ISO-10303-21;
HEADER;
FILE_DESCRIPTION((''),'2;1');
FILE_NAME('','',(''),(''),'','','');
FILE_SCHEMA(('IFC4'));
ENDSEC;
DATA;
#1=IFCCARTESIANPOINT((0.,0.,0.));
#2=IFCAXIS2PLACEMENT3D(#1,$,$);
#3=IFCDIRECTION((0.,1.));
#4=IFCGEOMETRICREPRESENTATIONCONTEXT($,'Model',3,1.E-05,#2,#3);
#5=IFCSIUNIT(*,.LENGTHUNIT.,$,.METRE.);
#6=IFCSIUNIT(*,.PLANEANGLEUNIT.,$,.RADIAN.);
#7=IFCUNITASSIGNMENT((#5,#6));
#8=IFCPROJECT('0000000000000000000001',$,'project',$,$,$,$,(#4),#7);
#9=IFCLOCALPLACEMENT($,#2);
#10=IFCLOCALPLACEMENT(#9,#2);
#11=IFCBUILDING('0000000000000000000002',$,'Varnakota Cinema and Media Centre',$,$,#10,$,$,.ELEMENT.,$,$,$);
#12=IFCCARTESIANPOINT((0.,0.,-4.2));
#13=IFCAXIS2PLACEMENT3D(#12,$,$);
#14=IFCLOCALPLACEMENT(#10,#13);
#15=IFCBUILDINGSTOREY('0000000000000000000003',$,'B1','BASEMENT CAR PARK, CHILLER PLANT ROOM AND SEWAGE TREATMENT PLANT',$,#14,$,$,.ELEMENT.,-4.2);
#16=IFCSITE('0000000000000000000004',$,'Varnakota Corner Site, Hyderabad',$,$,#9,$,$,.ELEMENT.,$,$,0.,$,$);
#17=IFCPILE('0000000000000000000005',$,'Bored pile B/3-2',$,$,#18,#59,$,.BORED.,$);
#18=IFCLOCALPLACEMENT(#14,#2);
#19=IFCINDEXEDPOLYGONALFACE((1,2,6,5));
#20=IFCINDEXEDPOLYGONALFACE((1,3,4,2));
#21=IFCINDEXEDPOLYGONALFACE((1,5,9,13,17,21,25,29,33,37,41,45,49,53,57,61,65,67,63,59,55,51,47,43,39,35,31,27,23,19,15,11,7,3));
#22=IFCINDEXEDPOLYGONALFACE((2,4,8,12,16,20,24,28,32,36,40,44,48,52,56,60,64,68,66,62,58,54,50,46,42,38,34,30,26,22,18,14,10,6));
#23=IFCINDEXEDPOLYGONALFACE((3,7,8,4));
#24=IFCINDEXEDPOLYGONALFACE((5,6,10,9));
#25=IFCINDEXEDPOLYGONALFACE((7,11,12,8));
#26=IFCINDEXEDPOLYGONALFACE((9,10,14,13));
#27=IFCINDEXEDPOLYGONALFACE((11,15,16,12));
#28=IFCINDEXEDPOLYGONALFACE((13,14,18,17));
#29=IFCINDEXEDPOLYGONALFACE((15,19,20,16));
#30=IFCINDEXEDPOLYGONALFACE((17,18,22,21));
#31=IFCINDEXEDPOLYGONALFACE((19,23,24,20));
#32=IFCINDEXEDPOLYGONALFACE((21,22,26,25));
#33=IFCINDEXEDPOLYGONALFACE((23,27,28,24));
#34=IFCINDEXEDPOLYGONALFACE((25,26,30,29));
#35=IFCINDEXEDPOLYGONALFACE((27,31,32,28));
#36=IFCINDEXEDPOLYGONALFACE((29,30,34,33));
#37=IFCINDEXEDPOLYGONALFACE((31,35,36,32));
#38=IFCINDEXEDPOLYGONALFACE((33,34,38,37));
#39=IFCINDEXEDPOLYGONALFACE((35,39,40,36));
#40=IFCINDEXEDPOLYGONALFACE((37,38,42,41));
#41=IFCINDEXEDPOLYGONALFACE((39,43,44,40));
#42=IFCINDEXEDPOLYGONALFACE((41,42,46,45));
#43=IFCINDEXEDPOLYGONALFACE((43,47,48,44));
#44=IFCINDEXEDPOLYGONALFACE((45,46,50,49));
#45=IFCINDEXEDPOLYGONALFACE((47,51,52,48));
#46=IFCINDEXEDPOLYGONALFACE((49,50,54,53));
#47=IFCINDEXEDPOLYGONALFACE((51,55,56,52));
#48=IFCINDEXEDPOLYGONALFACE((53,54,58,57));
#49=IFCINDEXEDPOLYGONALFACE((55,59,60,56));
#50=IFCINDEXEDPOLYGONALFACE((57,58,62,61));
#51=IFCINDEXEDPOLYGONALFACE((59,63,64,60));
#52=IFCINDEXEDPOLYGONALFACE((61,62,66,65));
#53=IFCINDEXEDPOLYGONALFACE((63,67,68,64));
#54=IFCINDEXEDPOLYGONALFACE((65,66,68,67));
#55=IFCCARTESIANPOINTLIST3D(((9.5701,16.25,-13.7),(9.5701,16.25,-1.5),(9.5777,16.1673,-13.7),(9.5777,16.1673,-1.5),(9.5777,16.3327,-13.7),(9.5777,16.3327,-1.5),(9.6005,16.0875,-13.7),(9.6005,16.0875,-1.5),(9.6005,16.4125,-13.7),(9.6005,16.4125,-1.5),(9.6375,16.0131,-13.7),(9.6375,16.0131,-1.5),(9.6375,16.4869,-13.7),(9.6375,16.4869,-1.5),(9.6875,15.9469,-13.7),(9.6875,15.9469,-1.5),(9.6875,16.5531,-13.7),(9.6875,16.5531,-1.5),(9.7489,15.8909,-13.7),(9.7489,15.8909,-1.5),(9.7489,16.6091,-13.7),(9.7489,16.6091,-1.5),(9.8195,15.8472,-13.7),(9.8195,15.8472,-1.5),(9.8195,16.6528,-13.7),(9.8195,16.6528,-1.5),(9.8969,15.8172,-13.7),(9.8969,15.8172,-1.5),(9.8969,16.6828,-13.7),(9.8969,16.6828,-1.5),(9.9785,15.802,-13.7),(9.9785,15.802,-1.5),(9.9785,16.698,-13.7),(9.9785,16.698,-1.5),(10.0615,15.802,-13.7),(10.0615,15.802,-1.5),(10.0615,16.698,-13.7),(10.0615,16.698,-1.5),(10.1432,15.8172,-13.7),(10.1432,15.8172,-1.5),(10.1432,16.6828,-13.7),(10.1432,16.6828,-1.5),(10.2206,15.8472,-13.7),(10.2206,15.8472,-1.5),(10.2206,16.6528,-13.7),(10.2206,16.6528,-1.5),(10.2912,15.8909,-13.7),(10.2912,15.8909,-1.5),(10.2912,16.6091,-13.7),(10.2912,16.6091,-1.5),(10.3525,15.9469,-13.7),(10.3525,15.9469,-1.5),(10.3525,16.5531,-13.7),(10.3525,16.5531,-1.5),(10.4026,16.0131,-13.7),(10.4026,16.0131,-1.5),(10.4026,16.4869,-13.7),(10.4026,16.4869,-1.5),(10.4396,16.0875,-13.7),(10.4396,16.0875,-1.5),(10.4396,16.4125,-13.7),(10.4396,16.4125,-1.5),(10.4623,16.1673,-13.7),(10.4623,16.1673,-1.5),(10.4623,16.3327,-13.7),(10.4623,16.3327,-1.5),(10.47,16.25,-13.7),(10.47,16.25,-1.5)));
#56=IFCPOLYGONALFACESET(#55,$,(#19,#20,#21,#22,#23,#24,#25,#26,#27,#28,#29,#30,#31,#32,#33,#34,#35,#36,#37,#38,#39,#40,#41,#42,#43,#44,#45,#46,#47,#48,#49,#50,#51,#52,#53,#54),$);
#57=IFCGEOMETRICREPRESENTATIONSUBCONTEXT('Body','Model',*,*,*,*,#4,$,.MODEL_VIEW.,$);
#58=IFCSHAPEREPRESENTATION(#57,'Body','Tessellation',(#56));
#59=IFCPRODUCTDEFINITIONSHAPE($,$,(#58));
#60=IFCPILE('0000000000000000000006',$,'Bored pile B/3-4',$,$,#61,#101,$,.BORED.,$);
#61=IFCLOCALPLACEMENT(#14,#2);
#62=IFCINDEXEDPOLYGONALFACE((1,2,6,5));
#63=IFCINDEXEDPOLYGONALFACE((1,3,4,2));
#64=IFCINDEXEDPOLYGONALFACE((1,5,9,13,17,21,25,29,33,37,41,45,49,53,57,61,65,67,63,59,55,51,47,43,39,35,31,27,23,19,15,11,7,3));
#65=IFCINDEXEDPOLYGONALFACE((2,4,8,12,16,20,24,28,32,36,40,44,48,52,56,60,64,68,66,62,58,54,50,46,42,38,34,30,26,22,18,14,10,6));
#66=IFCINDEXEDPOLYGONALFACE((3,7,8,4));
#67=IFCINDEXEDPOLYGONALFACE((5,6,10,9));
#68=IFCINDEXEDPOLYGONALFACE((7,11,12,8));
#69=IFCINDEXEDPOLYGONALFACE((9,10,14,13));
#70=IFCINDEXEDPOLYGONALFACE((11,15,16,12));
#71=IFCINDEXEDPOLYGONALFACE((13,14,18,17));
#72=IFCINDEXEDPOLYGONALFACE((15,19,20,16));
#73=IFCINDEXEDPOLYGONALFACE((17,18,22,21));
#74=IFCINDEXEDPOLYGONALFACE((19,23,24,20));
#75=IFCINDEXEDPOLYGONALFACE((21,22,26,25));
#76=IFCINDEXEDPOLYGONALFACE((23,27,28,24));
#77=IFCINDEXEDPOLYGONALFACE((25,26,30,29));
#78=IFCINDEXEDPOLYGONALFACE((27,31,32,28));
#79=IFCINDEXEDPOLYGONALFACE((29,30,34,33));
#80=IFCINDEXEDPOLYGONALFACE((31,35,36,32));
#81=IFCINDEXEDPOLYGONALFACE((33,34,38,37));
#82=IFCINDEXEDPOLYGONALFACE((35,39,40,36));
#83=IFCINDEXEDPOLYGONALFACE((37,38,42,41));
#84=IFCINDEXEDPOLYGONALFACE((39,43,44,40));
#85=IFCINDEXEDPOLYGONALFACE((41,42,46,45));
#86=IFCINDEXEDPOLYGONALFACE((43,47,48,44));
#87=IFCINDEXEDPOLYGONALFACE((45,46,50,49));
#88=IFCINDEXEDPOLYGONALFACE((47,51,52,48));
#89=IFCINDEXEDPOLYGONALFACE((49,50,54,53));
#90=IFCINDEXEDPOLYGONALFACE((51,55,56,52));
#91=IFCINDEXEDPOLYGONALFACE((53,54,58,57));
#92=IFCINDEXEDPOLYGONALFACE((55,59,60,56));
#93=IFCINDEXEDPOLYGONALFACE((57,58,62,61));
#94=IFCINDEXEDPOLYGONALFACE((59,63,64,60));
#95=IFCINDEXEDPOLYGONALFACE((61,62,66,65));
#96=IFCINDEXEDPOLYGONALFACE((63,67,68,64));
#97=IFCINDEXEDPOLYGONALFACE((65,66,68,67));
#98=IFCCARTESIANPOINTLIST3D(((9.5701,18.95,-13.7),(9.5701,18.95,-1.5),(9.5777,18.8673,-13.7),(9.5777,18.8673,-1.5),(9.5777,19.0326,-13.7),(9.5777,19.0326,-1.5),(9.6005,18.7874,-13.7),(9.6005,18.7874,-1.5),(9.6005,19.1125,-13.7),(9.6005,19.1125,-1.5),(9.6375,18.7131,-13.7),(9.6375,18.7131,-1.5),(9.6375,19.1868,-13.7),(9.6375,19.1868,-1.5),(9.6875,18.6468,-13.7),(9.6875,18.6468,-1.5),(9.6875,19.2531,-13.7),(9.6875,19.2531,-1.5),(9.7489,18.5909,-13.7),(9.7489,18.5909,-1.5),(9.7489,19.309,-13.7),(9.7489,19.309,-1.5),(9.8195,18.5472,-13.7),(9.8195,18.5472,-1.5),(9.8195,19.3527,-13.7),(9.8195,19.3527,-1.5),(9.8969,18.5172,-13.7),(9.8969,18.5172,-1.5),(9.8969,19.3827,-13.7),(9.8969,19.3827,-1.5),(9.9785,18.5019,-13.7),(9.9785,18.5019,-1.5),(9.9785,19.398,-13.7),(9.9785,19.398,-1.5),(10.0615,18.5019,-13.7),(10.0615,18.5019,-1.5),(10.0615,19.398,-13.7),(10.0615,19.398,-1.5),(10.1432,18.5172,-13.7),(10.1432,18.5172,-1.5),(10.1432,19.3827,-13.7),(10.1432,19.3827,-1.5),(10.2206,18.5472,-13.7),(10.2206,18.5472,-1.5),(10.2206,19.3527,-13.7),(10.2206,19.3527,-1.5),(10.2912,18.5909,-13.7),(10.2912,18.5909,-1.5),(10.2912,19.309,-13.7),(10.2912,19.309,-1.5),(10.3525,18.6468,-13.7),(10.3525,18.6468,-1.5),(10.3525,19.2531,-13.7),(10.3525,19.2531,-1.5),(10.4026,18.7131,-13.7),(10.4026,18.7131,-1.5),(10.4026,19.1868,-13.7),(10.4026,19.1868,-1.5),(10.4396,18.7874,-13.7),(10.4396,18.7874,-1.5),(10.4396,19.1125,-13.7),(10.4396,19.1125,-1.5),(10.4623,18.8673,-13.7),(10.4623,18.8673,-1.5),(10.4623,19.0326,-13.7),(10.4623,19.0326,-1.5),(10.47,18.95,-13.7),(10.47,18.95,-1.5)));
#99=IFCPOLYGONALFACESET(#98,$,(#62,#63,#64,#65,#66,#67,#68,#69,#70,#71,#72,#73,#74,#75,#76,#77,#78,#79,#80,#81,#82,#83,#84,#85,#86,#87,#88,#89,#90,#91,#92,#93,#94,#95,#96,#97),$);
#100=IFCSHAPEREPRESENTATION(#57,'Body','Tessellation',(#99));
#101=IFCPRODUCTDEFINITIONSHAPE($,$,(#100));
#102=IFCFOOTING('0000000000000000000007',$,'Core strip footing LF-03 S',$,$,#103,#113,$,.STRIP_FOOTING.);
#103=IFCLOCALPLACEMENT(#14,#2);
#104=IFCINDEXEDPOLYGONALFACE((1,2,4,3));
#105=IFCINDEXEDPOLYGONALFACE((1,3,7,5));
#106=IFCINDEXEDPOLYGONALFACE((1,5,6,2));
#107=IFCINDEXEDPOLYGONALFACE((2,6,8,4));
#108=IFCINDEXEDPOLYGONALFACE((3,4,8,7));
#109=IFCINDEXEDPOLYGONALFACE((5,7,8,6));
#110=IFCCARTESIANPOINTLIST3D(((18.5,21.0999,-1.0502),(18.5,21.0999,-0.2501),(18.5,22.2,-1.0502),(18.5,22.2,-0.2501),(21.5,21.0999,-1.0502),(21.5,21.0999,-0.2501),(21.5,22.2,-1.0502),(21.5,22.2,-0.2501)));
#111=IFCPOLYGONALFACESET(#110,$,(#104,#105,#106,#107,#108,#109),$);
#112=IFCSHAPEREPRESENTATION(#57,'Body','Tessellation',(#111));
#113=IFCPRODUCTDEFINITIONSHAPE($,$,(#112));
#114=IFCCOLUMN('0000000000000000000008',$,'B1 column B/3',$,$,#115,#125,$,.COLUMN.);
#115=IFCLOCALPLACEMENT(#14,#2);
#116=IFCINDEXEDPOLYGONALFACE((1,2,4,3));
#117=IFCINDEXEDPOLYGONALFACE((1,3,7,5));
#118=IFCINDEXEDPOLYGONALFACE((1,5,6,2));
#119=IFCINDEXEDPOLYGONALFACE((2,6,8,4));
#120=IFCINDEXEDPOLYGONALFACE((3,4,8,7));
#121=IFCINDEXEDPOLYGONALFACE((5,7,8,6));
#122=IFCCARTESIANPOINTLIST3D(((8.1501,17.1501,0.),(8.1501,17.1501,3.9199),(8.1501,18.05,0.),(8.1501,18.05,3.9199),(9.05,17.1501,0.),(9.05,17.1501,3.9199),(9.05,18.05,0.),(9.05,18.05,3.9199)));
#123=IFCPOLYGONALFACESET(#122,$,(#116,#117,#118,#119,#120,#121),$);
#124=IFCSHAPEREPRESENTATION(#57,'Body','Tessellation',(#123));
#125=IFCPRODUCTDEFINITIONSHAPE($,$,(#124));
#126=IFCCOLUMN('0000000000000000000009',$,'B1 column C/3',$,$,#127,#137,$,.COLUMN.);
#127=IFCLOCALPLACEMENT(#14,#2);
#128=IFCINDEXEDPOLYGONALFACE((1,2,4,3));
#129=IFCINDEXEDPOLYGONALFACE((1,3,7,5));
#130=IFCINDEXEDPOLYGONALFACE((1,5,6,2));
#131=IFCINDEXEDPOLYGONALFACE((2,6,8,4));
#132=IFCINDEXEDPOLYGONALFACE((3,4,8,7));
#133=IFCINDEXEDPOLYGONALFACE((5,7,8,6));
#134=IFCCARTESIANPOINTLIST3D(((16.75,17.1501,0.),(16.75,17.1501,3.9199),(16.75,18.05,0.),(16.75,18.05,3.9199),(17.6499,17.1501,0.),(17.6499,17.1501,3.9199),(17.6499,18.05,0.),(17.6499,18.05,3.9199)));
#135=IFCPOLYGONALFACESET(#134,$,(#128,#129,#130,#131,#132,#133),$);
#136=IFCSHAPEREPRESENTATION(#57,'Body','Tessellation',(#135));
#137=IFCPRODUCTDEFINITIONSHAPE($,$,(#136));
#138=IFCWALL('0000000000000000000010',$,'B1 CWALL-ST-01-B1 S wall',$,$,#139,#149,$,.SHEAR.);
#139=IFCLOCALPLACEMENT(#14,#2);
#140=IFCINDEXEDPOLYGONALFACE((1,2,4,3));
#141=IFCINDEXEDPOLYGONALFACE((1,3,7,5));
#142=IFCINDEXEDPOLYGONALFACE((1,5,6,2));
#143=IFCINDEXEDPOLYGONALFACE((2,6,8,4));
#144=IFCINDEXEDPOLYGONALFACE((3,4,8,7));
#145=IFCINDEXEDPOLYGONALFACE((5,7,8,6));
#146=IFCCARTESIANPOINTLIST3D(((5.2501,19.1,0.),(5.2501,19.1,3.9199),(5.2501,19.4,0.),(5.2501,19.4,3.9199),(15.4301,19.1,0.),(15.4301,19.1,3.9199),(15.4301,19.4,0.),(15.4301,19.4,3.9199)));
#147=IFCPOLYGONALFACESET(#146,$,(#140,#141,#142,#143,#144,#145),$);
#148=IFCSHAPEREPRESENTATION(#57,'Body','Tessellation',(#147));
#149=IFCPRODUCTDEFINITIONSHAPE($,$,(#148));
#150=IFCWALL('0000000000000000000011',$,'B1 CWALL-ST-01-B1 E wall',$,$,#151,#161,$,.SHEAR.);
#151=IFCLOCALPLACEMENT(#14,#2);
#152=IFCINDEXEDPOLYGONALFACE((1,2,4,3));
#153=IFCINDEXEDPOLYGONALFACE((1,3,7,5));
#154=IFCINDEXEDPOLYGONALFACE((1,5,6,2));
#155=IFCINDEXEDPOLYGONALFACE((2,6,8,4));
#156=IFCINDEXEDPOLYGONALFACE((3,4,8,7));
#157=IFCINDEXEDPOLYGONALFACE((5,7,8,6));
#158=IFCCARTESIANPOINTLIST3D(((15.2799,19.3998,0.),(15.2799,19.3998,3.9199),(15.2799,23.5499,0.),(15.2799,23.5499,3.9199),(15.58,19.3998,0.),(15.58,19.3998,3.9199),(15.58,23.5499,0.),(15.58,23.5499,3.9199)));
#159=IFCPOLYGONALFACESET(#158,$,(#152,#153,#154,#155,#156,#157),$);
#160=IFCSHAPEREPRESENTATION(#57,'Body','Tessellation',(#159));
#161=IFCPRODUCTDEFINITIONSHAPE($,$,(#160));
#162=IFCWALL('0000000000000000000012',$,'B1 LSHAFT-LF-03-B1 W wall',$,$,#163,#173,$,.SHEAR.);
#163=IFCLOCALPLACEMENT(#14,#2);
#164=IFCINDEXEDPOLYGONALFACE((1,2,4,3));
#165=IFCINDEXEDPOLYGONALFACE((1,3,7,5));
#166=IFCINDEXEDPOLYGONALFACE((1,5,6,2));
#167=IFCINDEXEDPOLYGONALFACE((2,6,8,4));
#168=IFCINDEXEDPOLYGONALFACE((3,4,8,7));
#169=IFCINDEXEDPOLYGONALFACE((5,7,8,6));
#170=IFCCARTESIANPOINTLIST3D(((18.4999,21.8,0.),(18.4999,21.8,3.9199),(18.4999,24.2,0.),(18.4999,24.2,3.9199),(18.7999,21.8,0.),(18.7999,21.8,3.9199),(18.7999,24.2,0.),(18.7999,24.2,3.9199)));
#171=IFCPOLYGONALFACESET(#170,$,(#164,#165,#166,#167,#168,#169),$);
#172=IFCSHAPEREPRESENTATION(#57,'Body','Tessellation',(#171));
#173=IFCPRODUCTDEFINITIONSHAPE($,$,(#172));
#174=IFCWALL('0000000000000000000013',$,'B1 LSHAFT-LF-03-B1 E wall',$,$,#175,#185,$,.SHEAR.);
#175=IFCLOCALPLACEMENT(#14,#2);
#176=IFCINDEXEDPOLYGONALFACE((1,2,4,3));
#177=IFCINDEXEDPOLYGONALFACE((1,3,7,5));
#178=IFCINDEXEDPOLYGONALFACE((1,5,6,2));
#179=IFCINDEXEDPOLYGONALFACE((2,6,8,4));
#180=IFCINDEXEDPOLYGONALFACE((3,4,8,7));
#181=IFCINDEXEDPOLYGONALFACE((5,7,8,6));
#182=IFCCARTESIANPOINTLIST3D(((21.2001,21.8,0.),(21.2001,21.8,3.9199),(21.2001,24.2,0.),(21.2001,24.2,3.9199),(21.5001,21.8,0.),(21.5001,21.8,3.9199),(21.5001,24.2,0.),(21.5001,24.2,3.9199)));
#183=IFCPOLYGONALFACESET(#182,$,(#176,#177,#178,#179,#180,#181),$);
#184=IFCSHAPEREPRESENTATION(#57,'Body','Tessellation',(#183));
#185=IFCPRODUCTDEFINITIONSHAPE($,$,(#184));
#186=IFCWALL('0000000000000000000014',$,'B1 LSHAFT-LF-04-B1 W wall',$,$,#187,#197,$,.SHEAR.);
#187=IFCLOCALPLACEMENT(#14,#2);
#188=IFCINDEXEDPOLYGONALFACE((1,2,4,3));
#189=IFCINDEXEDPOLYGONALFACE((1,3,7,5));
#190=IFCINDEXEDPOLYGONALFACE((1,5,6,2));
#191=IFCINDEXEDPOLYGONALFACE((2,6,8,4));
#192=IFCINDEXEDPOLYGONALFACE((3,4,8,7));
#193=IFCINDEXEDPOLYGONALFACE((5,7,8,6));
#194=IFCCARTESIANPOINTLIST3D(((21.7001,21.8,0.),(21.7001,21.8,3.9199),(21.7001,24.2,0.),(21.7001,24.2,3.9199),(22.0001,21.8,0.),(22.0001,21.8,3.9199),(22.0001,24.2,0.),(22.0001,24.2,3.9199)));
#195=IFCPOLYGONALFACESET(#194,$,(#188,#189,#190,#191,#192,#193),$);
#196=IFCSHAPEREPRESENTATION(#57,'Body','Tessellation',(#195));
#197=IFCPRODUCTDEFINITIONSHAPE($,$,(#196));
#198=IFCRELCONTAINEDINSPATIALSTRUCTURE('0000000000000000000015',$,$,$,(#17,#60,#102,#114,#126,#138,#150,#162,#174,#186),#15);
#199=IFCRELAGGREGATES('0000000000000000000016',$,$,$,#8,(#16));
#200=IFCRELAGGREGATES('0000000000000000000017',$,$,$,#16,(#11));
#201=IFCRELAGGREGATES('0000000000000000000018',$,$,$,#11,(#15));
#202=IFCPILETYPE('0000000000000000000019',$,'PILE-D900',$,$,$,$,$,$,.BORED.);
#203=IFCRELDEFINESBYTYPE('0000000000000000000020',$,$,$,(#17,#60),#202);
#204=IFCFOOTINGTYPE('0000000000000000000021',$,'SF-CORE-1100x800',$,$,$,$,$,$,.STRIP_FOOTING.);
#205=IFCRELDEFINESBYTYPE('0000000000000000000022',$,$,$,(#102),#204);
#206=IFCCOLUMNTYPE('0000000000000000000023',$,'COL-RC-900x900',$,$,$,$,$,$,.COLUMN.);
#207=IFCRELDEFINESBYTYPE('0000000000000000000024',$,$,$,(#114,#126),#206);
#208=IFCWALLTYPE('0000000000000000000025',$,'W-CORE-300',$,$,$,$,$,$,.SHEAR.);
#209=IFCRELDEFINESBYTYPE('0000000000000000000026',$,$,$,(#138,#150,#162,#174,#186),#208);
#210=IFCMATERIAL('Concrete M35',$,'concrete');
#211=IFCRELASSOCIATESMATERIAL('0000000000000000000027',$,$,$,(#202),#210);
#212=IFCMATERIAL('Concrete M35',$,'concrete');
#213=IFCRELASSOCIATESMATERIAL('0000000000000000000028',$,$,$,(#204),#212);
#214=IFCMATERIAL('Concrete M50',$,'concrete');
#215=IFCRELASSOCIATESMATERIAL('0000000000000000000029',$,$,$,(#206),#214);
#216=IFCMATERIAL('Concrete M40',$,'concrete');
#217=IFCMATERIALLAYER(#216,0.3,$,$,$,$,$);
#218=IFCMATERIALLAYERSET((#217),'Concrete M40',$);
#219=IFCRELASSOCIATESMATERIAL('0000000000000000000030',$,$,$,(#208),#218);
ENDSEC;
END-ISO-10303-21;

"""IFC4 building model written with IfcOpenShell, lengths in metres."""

from ifc_helpers import new_model, si_unit, direction, frame, frame_2d, origin, origin_2d, place, context, subcontext, project, spatial, rectangle, circle, extrude, material, layer, layer_set, material_profile, profile_set, type_object, element, save


model = new_model("IFC4")

# Units and contexts
model_context = context("Model", 3, precision=1e-05, world=origin(), true_north=direction((0.0, 1.0)))
body_context = subcontext(model_context, "Body", "Model", "MODEL_VIEW")
ifc_project = project(units=[si_unit("LENGTHUNIT", "METRE"), si_unit("PLANEANGLEUNIT", "RADIAN")], contexts=[model_context])

# Site, building, storey
site_placement = place(None, origin())
site = spatial("IfcSite", under=ifc_project, at=site_placement, Name="Varnakota Corner Site, Hyderabad", CompositionType="ELEMENT", RefElevation=0.0)
building_placement = place(site_placement, origin())
building = spatial("IfcBuilding", under=site, at=building_placement, Name="Varnakota Cinema and Media Centre", CompositionType="ELEMENT")
storey_placement = place(building_placement, frame((0.0, 0.0, -4.2)))
storey = spatial("IfcBuildingStorey", under=building, at=storey_placement, Name="B1", Description="BASEMENT CAR PARK, CHILLER PLANT ROOM AND SEWAGE TREATMENT PLANT", CompositionType="ELEMENT", Elevation=-4.2)

# Piles
ifc_material_1 = material(Name="Concrete M35", Category="concrete")
ifc_material_profile_1 = material_profile(ifc_material_1, circle(Radius=0.45, at=origin_2d()), Name="PILE D900")
ifc_profile_set_1 = profile_set([ifc_material_profile_1], Name="Concrete M35")
pile_type_1 = type_object("IfcPileType", Name="PILE-D900", PredefinedType="BORED", material=ifc_profile_set_1)
for number, where, z_axis, x_axis, name in (
    (1, (10.02, 16.25, -1.5), (0.0, 0.0, -1.0), (1.0, 0.0, 0.0), "Bored pile B/3-2"),
    (2, (10.02, 18.95, -1.5), (0.0, 0.0, -1.0), (1.0, 0.0, 0.0), "Bored pile B/3-4"),
):
    element("IfcPile", number, at=place(storey_placement, frame(where, z_axis=z_axis, x_axis=x_axis)), inside=storey, type_object=pile_type_1, Name=name, PredefinedType="BORED", context=body_context, shape_type="SweptSolid", body=[
        extrude(circle(Radius=0.45, at=origin_2d()), origin(), (0.0, 0.0, 1.0), 12.2),
    ])

# Footing
ifc_material_2 = material(Name="Concrete M35", Category="concrete")
ifc_material_profile_2 = material_profile(ifc_material_2, rectangle(XDim=1.1001, YDim=0.8, at=origin_2d()), Name="SF 1100x800")
ifc_profile_set_2 = profile_set([ifc_material_profile_2], Name="Concrete M35")
footing_type_1 = type_object("IfcFootingType", Name="SF-CORE-1100x800", PredefinedType="STRIP_FOOTING", material=ifc_profile_set_2)
footing_1_placement = place(storey_placement, frame((18.5, 21.6499, -0.6501), z_axis=(1.0, 0.0, 0.0), x_axis=(0.0, 1.0, 0.0)))
element("IfcFooting", 3, at=footing_1_placement, inside=storey, type_object=footing_type_1, Name="Core strip footing LF-03 S", PredefinedType="STRIP_FOOTING", context=body_context, shape_type="SweptSolid", body=[
    extrude(rectangle(XDim=1.1001, YDim=0.8, at=origin_2d()), origin(), (0.0, 0.0, 1.0), 3.0),
])

# Columns
ifc_material_3 = material(Name="Concrete M50", Category="concrete")
ifc_material_profile_3 = material_profile(ifc_material_3, rectangle(XDim=0.8999, YDim=0.8999, at=origin_2d()), Name="RC 900x900")
ifc_profile_set_3 = profile_set([ifc_material_profile_3], Name="Concrete M50")
column_type = type_object("IfcColumnType", Name="COL-RC-900x900", PredefinedType="COLUMN", material=ifc_profile_set_3)
for number, where, z_axis, x_axis, name in (
    (4, (8.6001, 17.6001, 0.0), (0.0, 0.0, 1.0), (1.0, 0.0, 0.0), "B1 column B/3"),
    (5, (17.2, 17.6001, 0.0), (0.0, 0.0, 1.0), (1.0, 0.0, 0.0), "B1 column C/3"),
):
    element("IfcColumn", number, at=place(storey_placement, frame(where, z_axis=z_axis, x_axis=x_axis)), inside=storey, type_object=column_type, Name=name, PredefinedType="COLUMN", context=body_context, shape_type="SweptSolid", body=[
        extrude(rectangle(XDim=0.8999, YDim=0.8999, at=origin_2d()), origin(), (0.0, 0.0, 1.0), 3.9199),
    ])

# Walls
ifc_material_4 = material(Name="Concrete M40", Category="concrete")
ifc_layer = layer(ifc_material_4, 0.3)
ifc_layer_set = layer_set([ifc_layer], Name="Concrete M40")
wall_type = type_object("IfcWallType", Name="W-CORE-300", PredefinedType="SHEAR", material=ifc_layer_set)
wall_1_placement = place(storey_placement, frame((15.4299, 19.25, 0.0), z_axis=(0.0, 0.0, 1.0), x_axis=(-1.0, 0.0, 0.0)))
element("IfcWall", 6, at=wall_1_placement, inside=storey, type_object=wall_type, Name="B1 CWALL-ST-01-B1 S wall", PredefinedType="SHEAR", context=body_context, shape_type="SweptSolid", body=[
    extrude(rectangle(XDim=10.1799, YDim=0.3, at=frame_2d((5.0898, 0.0))), origin(), (0.0, 0.0, 1.0), 3.9199),
])
wall_2_placement = place(storey_placement, frame((15.4299, 23.55, 0.0), z_axis=(0.0, 0.0, 1.0), x_axis=(0.0, -1.0, 0.0)))
element("IfcWall", 7, at=wall_2_placement, inside=storey, type_object=wall_type, Name="B1 CWALL-ST-01-B1 E wall", PredefinedType="SHEAR", context=body_context, shape_type="SweptSolid", body=[
    extrude(rectangle(XDim=4.1501, YDim=0.3, at=frame_2d((2.0752, 0.0))), origin(), (0.0, 0.0, 1.0), 3.9199),
])

# Walls
for number, where, z_axis, x_axis, name in (
    (8, (18.6499, 21.8, 0.0), (0.0, 0.0, 1.0), (0.0, 1.0, 0.0), "B1 LSHAFT-LF-03-B1 W wall"),
    (9, (21.3501, 24.2, 0.0), (0.0, 0.0, 1.0), (0.0, -1.0, 0.0), "B1 LSHAFT-LF-03-B1 E wall"),
):
    element("IfcWall", number, at=place(storey_placement, frame(where, z_axis=z_axis, x_axis=x_axis)), inside=storey, type_object=wall_type, Name=name, PredefinedType="SHEAR", context=body_context, shape_type="SweptSolid", body=[
        extrude(rectangle(XDim=2.3999, YDim=0.3, at=frame_2d((1.2, 0.0))), origin(), (0.0, 0.0, 1.0), 3.9199),
    ])

# Wall
wall_3_placement = place(storey_placement, frame((21.8501, 21.8, 0.0), z_axis=(0.0, 0.0, 1.0), x_axis=(0.0, 1.0, 0.0)))
element("IfcWall", 10, at=wall_3_placement, inside=storey, type_object=wall_type, Name="B1 LSHAFT-LF-04-B1 W wall", PredefinedType="SHEAR", context=body_context, shape_type="SweptSolid", body=[
    extrude(rectangle(XDim=2.3999, YDim=0.3, at=frame_2d((1.2, 0.0))), origin(), (0.0, 0.0, 1.0), 3.9199),
])

save(model, "model.ifc")
